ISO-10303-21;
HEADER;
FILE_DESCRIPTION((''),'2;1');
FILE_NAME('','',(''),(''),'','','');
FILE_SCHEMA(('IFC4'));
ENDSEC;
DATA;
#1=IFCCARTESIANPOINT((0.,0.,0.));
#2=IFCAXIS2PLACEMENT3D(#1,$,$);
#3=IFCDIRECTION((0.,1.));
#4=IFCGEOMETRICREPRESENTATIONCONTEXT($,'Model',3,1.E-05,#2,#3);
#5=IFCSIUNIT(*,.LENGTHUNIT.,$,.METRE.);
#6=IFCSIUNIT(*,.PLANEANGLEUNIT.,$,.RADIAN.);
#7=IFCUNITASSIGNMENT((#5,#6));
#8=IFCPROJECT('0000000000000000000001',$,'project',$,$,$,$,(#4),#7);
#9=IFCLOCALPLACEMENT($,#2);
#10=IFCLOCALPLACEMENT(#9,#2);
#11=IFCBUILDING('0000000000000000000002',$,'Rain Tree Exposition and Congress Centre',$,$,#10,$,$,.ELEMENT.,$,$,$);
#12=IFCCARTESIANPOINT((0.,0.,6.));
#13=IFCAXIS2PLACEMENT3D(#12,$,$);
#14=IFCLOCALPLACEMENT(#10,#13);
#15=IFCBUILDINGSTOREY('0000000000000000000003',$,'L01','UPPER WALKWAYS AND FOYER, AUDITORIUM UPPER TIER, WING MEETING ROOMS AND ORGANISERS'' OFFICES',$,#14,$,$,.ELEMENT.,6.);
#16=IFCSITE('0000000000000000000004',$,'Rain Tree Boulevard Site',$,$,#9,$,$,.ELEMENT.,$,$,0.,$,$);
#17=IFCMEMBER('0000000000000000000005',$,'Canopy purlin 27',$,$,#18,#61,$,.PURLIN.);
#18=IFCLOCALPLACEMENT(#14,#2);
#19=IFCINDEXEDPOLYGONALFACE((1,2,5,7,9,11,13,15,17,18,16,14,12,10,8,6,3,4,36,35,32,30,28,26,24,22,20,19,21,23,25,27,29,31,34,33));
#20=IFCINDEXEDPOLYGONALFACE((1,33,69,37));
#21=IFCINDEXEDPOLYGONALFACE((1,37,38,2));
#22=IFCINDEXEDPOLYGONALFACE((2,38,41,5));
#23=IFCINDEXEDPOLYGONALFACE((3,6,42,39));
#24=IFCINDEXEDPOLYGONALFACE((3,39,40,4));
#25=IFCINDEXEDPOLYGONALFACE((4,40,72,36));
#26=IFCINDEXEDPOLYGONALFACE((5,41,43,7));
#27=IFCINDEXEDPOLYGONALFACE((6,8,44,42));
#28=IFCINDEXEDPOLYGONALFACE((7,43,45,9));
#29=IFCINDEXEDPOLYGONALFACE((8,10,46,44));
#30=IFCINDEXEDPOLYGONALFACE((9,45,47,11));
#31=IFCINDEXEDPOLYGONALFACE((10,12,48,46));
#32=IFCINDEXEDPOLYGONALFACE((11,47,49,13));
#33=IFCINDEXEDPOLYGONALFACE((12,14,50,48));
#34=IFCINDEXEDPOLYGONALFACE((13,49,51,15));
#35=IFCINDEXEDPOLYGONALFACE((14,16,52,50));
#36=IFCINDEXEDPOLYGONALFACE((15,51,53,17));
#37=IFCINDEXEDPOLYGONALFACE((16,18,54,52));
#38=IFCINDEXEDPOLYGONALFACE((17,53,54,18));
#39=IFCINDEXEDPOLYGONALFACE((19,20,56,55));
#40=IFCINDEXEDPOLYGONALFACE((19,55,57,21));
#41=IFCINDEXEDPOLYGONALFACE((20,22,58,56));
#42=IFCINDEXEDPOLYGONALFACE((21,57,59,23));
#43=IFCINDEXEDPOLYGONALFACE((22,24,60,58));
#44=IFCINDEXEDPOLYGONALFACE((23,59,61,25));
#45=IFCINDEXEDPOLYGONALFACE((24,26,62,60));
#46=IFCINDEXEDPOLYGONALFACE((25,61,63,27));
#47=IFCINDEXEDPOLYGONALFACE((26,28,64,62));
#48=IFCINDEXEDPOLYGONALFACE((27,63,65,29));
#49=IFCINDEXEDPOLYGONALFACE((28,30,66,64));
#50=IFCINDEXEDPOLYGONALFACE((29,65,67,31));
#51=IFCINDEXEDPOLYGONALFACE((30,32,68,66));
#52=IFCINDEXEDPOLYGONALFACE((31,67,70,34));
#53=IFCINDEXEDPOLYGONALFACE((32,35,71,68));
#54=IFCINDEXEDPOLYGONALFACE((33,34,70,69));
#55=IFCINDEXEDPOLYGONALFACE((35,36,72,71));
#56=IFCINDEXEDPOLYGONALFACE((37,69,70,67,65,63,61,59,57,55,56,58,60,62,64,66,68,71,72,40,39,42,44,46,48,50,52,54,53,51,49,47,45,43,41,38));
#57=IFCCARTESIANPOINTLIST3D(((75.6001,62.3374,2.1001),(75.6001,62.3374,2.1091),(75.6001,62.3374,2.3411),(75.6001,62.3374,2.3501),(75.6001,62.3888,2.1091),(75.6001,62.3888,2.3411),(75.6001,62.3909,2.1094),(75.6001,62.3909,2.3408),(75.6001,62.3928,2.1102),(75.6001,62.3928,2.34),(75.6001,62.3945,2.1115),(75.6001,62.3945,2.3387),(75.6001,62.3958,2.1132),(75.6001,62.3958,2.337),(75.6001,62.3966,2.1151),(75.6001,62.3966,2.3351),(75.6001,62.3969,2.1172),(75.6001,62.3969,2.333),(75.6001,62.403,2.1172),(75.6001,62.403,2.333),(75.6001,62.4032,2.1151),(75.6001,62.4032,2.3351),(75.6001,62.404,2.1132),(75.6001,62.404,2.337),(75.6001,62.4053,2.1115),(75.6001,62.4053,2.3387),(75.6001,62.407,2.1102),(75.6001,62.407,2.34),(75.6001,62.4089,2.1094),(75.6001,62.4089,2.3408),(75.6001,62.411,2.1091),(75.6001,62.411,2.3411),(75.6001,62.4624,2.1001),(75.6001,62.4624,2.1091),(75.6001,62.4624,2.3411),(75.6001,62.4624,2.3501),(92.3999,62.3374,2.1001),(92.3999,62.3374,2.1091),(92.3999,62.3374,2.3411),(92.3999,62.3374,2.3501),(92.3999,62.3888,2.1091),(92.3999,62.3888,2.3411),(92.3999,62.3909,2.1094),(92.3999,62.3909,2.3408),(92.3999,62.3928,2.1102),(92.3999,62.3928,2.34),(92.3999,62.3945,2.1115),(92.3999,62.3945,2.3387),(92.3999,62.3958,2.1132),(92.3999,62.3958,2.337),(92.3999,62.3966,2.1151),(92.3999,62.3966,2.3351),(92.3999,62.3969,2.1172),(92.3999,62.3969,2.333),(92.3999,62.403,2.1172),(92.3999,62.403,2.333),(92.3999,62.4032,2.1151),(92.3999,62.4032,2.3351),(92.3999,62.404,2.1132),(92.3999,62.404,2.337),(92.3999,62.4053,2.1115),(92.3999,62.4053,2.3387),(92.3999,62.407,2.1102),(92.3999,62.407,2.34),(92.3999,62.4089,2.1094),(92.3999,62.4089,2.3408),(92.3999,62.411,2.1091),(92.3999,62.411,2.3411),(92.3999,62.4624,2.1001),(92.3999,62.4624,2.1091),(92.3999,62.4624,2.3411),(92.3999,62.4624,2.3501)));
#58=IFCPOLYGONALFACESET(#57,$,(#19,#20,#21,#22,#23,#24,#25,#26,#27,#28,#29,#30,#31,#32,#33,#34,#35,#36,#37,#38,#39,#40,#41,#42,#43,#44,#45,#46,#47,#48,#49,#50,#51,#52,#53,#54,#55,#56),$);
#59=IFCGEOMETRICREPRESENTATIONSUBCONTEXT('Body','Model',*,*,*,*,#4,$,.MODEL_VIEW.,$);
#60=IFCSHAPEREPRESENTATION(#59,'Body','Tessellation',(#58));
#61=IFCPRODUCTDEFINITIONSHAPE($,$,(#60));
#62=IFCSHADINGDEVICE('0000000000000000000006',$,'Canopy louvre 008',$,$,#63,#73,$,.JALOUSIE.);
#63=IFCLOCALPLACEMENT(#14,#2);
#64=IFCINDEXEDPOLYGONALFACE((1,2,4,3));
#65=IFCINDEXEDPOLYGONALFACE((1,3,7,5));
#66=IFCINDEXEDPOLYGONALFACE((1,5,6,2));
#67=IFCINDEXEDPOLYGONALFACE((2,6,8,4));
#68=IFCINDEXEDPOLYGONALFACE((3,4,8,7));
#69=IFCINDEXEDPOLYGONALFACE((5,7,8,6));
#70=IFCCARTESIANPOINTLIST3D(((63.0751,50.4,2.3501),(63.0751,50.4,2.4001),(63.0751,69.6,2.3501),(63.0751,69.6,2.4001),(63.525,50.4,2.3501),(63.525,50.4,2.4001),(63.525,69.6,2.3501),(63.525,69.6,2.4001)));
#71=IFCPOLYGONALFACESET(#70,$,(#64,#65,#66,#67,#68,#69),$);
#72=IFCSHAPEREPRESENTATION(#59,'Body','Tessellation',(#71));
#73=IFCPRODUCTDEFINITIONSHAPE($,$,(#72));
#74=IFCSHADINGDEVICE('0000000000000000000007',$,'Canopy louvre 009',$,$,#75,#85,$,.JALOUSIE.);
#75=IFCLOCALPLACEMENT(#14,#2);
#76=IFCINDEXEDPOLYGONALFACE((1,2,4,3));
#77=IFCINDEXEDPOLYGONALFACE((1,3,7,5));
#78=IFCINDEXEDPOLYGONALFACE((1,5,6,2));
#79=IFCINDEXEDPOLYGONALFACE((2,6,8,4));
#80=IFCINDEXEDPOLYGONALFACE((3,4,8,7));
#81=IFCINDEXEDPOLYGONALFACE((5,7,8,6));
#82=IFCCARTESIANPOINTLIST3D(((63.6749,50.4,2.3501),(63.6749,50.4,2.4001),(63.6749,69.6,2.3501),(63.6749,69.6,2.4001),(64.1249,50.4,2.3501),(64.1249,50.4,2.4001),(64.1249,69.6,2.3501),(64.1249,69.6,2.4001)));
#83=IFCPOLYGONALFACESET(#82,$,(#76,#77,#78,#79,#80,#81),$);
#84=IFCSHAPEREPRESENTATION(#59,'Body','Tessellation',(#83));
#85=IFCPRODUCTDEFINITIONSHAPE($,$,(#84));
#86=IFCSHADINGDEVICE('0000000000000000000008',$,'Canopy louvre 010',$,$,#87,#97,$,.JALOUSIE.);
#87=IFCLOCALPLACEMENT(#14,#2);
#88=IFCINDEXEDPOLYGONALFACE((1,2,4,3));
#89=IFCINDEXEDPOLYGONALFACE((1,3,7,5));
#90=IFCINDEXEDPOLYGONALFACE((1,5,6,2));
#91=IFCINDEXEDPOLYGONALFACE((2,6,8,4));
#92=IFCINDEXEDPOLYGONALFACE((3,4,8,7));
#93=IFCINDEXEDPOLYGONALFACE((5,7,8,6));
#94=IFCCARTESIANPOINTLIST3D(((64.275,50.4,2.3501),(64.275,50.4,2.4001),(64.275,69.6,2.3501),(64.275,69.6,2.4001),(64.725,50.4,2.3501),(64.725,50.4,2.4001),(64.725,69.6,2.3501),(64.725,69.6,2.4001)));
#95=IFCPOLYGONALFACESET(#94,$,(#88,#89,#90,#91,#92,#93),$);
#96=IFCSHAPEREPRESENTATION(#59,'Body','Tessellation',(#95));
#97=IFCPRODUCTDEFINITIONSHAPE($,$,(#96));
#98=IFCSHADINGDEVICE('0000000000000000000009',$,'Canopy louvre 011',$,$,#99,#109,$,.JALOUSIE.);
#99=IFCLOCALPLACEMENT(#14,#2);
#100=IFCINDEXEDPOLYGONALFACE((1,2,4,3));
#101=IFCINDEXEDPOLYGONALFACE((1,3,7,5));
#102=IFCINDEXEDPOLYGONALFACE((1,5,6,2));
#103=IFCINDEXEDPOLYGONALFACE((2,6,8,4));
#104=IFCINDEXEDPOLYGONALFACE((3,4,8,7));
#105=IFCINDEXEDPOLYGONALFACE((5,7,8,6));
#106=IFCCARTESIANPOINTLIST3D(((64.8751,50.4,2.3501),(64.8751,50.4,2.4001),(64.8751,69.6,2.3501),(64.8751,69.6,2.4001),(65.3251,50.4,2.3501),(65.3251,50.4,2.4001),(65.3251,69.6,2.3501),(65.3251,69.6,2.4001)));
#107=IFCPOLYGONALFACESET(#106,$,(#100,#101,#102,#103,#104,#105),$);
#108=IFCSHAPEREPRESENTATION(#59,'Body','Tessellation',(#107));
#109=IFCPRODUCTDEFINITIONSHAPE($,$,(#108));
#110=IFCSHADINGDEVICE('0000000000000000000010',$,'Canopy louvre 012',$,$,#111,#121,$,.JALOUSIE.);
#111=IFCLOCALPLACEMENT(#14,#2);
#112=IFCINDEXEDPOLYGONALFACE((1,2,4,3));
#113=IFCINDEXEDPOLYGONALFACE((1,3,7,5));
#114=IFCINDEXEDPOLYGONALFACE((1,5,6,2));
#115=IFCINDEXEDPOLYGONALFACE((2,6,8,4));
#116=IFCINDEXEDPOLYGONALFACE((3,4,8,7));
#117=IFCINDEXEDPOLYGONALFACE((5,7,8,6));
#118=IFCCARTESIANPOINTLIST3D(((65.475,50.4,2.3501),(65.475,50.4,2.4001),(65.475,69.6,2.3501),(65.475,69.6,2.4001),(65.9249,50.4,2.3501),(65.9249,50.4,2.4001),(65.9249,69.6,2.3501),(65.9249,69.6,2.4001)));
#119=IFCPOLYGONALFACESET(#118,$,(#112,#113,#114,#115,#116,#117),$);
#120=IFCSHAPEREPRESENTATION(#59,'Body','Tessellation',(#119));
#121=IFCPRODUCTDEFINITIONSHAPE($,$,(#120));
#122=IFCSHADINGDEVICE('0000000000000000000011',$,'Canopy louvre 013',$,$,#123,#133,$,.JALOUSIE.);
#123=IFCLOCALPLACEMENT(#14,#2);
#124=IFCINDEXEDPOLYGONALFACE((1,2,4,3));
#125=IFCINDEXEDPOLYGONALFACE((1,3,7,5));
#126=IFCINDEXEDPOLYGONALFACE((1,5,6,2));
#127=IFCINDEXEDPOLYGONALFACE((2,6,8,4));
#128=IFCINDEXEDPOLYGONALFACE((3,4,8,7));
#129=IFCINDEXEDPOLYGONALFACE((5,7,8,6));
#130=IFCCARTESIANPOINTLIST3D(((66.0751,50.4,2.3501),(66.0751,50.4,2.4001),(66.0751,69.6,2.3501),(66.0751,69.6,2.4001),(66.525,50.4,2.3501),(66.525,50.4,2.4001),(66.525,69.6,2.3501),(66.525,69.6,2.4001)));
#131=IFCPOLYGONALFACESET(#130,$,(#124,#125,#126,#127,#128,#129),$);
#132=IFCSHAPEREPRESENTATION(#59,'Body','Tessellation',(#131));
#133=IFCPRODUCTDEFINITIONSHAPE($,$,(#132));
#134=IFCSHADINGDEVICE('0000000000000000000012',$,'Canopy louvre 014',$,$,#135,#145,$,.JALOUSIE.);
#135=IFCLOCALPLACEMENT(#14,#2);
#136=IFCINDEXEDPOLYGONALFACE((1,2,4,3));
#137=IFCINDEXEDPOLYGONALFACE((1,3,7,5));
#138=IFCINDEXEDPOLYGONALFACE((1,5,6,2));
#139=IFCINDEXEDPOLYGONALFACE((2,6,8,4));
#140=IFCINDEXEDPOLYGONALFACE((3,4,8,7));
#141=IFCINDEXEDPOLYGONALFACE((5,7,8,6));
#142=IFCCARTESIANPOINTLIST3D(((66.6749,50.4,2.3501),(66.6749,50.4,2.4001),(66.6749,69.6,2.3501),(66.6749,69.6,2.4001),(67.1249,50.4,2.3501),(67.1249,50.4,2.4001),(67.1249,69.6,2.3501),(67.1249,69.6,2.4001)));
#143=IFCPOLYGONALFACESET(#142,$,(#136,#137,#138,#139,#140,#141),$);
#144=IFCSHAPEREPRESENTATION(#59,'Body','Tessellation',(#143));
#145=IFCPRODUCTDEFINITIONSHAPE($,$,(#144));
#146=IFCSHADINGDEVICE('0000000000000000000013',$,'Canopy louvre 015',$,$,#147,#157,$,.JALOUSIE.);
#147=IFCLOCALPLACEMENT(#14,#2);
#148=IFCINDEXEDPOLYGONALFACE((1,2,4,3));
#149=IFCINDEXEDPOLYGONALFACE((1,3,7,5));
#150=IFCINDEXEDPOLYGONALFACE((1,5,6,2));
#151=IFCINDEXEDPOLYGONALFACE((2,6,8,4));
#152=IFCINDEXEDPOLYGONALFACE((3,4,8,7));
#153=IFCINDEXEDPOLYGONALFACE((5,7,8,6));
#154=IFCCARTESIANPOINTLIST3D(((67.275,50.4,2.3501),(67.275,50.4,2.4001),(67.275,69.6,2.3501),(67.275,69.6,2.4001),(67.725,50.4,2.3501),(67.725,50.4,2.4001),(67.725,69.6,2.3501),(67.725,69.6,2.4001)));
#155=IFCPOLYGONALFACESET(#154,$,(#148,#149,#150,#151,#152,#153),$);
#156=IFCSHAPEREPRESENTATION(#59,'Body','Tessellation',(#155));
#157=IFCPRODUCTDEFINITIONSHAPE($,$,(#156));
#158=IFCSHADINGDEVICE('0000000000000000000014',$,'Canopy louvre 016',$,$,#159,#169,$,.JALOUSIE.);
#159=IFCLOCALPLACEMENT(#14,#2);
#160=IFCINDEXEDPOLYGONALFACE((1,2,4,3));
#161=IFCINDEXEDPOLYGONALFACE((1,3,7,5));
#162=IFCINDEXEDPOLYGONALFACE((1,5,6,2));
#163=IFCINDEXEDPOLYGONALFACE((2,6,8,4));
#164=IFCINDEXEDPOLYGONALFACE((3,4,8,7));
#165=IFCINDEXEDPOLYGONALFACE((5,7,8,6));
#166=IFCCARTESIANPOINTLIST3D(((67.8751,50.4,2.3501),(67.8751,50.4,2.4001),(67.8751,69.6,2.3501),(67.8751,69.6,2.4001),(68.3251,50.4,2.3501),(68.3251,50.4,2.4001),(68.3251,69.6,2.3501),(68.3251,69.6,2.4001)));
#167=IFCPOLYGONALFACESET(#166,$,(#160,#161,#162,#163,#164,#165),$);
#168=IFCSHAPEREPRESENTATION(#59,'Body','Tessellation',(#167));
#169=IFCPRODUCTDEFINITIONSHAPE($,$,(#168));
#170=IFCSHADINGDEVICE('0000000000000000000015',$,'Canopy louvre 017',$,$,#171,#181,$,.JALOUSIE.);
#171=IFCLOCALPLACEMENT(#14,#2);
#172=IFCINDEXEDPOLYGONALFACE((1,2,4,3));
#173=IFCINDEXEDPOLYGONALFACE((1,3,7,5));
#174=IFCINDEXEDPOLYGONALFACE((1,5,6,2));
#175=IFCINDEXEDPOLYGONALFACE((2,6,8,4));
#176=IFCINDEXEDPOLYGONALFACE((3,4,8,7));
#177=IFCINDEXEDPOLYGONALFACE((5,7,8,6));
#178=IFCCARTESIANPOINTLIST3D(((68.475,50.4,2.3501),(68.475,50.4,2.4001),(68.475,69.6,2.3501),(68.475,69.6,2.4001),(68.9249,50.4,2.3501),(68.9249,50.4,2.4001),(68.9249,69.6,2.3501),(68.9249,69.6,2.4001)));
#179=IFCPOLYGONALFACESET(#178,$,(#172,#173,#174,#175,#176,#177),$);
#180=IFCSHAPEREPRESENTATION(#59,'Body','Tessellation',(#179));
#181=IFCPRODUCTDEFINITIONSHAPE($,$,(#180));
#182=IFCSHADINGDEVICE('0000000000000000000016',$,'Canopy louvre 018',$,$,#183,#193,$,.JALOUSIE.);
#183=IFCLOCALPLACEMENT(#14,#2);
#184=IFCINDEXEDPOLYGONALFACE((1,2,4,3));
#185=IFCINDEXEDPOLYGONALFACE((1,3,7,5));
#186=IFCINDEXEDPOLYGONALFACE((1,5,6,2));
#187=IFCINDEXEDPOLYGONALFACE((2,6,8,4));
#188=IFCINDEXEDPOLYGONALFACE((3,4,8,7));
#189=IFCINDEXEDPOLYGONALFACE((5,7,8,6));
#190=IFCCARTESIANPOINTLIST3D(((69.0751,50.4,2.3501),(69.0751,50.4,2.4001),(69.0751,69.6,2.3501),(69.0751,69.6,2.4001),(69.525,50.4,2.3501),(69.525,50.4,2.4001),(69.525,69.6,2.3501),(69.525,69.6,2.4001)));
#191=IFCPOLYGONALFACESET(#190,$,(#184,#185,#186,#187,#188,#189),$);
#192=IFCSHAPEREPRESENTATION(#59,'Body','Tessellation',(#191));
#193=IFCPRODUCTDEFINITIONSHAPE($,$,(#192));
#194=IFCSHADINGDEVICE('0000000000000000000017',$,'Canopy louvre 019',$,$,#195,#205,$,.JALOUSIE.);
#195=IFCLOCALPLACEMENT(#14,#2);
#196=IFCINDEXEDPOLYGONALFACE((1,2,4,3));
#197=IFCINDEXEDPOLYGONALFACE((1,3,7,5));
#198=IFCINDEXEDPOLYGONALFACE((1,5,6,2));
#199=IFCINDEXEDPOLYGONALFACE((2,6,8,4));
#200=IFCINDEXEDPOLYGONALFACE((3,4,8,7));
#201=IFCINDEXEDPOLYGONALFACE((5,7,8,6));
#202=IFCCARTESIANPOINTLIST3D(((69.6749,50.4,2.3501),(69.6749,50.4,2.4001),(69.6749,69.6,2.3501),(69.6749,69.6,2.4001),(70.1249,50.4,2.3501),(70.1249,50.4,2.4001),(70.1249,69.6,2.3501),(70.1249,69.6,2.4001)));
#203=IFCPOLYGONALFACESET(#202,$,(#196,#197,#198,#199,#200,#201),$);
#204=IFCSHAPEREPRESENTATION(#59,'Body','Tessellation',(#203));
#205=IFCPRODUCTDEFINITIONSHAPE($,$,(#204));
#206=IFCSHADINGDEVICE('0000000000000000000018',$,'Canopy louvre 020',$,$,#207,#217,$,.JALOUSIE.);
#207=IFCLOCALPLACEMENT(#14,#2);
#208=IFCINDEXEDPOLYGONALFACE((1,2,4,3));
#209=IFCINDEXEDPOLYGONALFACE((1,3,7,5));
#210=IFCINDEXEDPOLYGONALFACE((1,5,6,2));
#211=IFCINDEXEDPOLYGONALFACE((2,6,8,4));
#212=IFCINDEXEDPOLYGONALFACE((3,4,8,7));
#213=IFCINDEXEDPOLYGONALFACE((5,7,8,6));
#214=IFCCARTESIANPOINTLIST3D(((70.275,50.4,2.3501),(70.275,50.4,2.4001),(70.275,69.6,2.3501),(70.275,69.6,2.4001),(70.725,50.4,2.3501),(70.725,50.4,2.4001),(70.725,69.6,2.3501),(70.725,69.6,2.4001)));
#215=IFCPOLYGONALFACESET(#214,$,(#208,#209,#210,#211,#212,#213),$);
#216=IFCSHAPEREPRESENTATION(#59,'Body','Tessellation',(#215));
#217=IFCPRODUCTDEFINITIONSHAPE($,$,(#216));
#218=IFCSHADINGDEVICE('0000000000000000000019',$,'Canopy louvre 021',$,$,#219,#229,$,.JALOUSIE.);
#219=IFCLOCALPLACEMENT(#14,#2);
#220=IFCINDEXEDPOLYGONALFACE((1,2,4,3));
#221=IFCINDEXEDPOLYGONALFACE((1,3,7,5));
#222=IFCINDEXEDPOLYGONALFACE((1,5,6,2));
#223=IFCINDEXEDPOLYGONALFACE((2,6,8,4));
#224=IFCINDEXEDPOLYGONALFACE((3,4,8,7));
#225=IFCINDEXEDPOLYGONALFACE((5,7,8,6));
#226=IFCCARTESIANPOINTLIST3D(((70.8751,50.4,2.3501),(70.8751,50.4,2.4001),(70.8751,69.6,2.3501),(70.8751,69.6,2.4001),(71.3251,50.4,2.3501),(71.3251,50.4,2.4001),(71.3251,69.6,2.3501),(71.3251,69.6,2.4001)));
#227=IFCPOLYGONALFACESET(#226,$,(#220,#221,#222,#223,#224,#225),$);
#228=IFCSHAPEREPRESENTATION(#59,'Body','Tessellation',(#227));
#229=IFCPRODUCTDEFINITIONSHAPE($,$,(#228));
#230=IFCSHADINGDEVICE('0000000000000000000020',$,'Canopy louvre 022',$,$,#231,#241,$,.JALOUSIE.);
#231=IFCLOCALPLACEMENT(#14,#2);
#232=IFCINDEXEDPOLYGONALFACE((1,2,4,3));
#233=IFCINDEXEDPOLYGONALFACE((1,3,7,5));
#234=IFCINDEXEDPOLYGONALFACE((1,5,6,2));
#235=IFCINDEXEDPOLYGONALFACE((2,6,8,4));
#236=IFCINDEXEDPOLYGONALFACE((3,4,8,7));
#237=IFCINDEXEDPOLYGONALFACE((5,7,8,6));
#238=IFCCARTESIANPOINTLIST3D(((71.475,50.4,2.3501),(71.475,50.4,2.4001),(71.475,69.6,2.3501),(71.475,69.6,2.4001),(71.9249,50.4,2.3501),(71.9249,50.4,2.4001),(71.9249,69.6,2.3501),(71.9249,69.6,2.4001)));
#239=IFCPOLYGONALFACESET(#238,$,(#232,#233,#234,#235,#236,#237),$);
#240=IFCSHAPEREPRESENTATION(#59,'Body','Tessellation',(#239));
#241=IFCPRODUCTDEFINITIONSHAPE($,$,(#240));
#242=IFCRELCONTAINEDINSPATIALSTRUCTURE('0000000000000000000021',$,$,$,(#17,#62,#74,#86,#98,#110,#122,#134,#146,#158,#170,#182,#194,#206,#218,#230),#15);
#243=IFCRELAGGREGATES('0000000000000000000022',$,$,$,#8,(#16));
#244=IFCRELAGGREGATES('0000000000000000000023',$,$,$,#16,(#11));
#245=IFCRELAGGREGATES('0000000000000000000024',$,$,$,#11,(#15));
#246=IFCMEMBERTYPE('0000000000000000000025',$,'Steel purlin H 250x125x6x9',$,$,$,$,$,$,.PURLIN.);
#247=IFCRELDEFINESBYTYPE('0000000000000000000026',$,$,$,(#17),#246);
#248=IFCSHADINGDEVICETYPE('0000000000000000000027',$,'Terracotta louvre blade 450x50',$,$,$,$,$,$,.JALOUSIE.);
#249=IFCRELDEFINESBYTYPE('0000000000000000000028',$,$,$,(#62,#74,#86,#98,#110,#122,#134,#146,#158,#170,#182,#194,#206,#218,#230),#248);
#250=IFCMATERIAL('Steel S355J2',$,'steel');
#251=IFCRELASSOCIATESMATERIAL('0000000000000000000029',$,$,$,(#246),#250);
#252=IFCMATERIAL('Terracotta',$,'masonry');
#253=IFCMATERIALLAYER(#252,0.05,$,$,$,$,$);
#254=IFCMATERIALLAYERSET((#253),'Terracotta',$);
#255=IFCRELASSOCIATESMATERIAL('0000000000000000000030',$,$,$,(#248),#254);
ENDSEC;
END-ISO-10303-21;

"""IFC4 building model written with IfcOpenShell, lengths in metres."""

from ifc_helpers import new_model, si_unit, direction, frame, origin, origin_2d, place, context, subcontext, project, spatial, rectangle, i_section, extrude, material, layer, layer_set, material_profile, profile_set, type_object, element, save


model = new_model("IFC4")

# Units and contexts
model_context = context("Model", 3, precision=1e-05, world=origin(), true_north=direction((0.0, 1.0)))
body_context = subcontext(model_context, "Body", "Model", "MODEL_VIEW")
ifc_project = project(units=[si_unit("LENGTHUNIT", "METRE"), si_unit("PLANEANGLEUNIT", "RADIAN")], contexts=[model_context])

# Site, building, storey
site_placement = place(None, origin())
site = spatial("IfcSite", under=ifc_project, at=site_placement, Name="Rain Tree Boulevard Site", CompositionType="ELEMENT", RefElevation=0.0)
building_placement = place(site_placement, origin())
building = spatial("IfcBuilding", under=site, at=building_placement, Name="Rain Tree Exposition and Congress Centre", CompositionType="ELEMENT")
storey_placement = place(building_placement, frame((0.0, 0.0, 6.0)))
storey = spatial("IfcBuildingStorey", under=building, at=storey_placement, Name="L01", Description="UPPER WALKWAYS AND FOYER, AUDITORIUM UPPER TIER, WING MEETING ROOMS AND ORGANISERS' OFFICES", CompositionType="ELEMENT", Elevation=6.0)

# Member
ifc_material_1 = material(Name="Steel S355J2", Category="steel")
ifc_material_profile = material_profile(ifc_material_1, i_section(OverallWidth=0.125, OverallDepth=0.25, WebThickness=0.0061, FlangeThickness=0.009, FilletRadius=0.0081, at=origin_2d()), Name="H 250x125x6x9")
ifc_profile_set = profile_set([ifc_material_profile], Name="Steel S355J2")
member_type = type_object("IfcMemberType", Name="Steel purlin H 250x125x6x9", PredefinedType="PURLIN", material=ifc_profile_set)
for number, where, z_axis, x_axis, name in (
    (1, (75.6001, 62.3999, 2.2251), (1.0, 0.0, 0.0), (0.0, 1.0, 0.0), "Canopy purlin 27"),
):
    element("IfcMember", number, at=place(storey_placement, frame(where, z_axis=z_axis, x_axis=x_axis)), inside=storey, type_object=member_type, Name=name, PredefinedType="PURLIN", context=body_context, shape_type="SweptSolid", body=[
        extrude(i_section(OverallWidth=0.125, OverallDepth=0.25, WebThickness=0.0061, FlangeThickness=0.009, FilletRadius=0.0081, at=origin_2d()), origin(), (0.0, 0.0, 1.0), 16.7998),
    ])

# Shading devices
ifc_material_2 = material(Name="Terracotta", Category="masonry")
ifc_layer = layer(ifc_material_2, 0.05)
ifc_layer_set = layer_set([ifc_layer], Name="Terracotta")
shading_device_type = type_object("IfcShadingDeviceType", Name="Terracotta louvre blade 450x50", PredefinedType="JALOUSIE", material=ifc_layer_set)
for number, where, z_axis, x_axis, name in (
    (2, (63.3, 60.0, 2.3501), (0.0, 0.0, 1.0), (1.0, 0.0, 0.0), "Canopy louvre 008"),
    (3, (63.8999, 60.0, 2.3501), (0.0, 0.0, 1.0), (1.0, 0.0, 0.0), "Canopy louvre 009"),
    (4, (64.5, 60.0, 2.3501), (0.0, 0.0, 1.0), (1.0, 0.0, 0.0), "Canopy louvre 010"),
    (5, (65.1001, 60.0, 2.3501), (0.0, 0.0, 1.0), (1.0, 0.0, 0.0), "Canopy louvre 011"),
    (6, (65.7, 60.0, 2.3501), (0.0, 0.0, 1.0), (1.0, 0.0, 0.0), "Canopy louvre 012"),
    (7, (66.3, 60.0, 2.3501), (0.0, 0.0, 1.0), (1.0, 0.0, 0.0), "Canopy louvre 013"),
    (8, (66.8999, 60.0, 2.3501), (0.0, 0.0, 1.0), (1.0, 0.0, 0.0), "Canopy louvre 014"),
    (9, (67.5, 60.0, 2.3501), (0.0, 0.0, 1.0), (1.0, 0.0, 0.0), "Canopy louvre 015"),
    (10, (68.1001, 60.0, 2.3501), (0.0, 0.0, 1.0), (1.0, 0.0, 0.0), "Canopy louvre 016"),
    (11, (68.7, 60.0, 2.3501), (0.0, 0.0, 1.0), (1.0, 0.0, 0.0), "Canopy louvre 017"),
    (12, (69.3, 60.0, 2.3501), (0.0, 0.0, 1.0), (1.0, 0.0, 0.0), "Canopy louvre 018"),
    (13, (69.8999, 60.0, 2.3501), (0.0, 0.0, 1.0), (1.0, 0.0, 0.0), "Canopy louvre 019"),
    (14, (70.5, 60.0, 2.3501), (0.0, 0.0, 1.0), (1.0, 0.0, 0.0), "Canopy louvre 020"),
    (15, (71.1001, 60.0, 2.3501), (0.0, 0.0, 1.0), (1.0, 0.0, 0.0), "Canopy louvre 021"),
    (16, (71.7, 60.0, 2.3501), (0.0, 0.0, 1.0), (1.0, 0.0, 0.0), "Canopy louvre 022"),
):
    element("IfcShadingDevice", number, at=place(storey_placement, frame(where, z_axis=z_axis, x_axis=x_axis)), inside=storey, type_object=shading_device_type, Name=name, PredefinedType="JALOUSIE", context=body_context, shape_type="SweptSolid", body=[
        extrude(rectangle(XDim=0.45, YDim=19.2, at=origin_2d()), origin(), (0.0, 0.0, 1.0), 0.05),
    ])

save(model, "model.ifc")
